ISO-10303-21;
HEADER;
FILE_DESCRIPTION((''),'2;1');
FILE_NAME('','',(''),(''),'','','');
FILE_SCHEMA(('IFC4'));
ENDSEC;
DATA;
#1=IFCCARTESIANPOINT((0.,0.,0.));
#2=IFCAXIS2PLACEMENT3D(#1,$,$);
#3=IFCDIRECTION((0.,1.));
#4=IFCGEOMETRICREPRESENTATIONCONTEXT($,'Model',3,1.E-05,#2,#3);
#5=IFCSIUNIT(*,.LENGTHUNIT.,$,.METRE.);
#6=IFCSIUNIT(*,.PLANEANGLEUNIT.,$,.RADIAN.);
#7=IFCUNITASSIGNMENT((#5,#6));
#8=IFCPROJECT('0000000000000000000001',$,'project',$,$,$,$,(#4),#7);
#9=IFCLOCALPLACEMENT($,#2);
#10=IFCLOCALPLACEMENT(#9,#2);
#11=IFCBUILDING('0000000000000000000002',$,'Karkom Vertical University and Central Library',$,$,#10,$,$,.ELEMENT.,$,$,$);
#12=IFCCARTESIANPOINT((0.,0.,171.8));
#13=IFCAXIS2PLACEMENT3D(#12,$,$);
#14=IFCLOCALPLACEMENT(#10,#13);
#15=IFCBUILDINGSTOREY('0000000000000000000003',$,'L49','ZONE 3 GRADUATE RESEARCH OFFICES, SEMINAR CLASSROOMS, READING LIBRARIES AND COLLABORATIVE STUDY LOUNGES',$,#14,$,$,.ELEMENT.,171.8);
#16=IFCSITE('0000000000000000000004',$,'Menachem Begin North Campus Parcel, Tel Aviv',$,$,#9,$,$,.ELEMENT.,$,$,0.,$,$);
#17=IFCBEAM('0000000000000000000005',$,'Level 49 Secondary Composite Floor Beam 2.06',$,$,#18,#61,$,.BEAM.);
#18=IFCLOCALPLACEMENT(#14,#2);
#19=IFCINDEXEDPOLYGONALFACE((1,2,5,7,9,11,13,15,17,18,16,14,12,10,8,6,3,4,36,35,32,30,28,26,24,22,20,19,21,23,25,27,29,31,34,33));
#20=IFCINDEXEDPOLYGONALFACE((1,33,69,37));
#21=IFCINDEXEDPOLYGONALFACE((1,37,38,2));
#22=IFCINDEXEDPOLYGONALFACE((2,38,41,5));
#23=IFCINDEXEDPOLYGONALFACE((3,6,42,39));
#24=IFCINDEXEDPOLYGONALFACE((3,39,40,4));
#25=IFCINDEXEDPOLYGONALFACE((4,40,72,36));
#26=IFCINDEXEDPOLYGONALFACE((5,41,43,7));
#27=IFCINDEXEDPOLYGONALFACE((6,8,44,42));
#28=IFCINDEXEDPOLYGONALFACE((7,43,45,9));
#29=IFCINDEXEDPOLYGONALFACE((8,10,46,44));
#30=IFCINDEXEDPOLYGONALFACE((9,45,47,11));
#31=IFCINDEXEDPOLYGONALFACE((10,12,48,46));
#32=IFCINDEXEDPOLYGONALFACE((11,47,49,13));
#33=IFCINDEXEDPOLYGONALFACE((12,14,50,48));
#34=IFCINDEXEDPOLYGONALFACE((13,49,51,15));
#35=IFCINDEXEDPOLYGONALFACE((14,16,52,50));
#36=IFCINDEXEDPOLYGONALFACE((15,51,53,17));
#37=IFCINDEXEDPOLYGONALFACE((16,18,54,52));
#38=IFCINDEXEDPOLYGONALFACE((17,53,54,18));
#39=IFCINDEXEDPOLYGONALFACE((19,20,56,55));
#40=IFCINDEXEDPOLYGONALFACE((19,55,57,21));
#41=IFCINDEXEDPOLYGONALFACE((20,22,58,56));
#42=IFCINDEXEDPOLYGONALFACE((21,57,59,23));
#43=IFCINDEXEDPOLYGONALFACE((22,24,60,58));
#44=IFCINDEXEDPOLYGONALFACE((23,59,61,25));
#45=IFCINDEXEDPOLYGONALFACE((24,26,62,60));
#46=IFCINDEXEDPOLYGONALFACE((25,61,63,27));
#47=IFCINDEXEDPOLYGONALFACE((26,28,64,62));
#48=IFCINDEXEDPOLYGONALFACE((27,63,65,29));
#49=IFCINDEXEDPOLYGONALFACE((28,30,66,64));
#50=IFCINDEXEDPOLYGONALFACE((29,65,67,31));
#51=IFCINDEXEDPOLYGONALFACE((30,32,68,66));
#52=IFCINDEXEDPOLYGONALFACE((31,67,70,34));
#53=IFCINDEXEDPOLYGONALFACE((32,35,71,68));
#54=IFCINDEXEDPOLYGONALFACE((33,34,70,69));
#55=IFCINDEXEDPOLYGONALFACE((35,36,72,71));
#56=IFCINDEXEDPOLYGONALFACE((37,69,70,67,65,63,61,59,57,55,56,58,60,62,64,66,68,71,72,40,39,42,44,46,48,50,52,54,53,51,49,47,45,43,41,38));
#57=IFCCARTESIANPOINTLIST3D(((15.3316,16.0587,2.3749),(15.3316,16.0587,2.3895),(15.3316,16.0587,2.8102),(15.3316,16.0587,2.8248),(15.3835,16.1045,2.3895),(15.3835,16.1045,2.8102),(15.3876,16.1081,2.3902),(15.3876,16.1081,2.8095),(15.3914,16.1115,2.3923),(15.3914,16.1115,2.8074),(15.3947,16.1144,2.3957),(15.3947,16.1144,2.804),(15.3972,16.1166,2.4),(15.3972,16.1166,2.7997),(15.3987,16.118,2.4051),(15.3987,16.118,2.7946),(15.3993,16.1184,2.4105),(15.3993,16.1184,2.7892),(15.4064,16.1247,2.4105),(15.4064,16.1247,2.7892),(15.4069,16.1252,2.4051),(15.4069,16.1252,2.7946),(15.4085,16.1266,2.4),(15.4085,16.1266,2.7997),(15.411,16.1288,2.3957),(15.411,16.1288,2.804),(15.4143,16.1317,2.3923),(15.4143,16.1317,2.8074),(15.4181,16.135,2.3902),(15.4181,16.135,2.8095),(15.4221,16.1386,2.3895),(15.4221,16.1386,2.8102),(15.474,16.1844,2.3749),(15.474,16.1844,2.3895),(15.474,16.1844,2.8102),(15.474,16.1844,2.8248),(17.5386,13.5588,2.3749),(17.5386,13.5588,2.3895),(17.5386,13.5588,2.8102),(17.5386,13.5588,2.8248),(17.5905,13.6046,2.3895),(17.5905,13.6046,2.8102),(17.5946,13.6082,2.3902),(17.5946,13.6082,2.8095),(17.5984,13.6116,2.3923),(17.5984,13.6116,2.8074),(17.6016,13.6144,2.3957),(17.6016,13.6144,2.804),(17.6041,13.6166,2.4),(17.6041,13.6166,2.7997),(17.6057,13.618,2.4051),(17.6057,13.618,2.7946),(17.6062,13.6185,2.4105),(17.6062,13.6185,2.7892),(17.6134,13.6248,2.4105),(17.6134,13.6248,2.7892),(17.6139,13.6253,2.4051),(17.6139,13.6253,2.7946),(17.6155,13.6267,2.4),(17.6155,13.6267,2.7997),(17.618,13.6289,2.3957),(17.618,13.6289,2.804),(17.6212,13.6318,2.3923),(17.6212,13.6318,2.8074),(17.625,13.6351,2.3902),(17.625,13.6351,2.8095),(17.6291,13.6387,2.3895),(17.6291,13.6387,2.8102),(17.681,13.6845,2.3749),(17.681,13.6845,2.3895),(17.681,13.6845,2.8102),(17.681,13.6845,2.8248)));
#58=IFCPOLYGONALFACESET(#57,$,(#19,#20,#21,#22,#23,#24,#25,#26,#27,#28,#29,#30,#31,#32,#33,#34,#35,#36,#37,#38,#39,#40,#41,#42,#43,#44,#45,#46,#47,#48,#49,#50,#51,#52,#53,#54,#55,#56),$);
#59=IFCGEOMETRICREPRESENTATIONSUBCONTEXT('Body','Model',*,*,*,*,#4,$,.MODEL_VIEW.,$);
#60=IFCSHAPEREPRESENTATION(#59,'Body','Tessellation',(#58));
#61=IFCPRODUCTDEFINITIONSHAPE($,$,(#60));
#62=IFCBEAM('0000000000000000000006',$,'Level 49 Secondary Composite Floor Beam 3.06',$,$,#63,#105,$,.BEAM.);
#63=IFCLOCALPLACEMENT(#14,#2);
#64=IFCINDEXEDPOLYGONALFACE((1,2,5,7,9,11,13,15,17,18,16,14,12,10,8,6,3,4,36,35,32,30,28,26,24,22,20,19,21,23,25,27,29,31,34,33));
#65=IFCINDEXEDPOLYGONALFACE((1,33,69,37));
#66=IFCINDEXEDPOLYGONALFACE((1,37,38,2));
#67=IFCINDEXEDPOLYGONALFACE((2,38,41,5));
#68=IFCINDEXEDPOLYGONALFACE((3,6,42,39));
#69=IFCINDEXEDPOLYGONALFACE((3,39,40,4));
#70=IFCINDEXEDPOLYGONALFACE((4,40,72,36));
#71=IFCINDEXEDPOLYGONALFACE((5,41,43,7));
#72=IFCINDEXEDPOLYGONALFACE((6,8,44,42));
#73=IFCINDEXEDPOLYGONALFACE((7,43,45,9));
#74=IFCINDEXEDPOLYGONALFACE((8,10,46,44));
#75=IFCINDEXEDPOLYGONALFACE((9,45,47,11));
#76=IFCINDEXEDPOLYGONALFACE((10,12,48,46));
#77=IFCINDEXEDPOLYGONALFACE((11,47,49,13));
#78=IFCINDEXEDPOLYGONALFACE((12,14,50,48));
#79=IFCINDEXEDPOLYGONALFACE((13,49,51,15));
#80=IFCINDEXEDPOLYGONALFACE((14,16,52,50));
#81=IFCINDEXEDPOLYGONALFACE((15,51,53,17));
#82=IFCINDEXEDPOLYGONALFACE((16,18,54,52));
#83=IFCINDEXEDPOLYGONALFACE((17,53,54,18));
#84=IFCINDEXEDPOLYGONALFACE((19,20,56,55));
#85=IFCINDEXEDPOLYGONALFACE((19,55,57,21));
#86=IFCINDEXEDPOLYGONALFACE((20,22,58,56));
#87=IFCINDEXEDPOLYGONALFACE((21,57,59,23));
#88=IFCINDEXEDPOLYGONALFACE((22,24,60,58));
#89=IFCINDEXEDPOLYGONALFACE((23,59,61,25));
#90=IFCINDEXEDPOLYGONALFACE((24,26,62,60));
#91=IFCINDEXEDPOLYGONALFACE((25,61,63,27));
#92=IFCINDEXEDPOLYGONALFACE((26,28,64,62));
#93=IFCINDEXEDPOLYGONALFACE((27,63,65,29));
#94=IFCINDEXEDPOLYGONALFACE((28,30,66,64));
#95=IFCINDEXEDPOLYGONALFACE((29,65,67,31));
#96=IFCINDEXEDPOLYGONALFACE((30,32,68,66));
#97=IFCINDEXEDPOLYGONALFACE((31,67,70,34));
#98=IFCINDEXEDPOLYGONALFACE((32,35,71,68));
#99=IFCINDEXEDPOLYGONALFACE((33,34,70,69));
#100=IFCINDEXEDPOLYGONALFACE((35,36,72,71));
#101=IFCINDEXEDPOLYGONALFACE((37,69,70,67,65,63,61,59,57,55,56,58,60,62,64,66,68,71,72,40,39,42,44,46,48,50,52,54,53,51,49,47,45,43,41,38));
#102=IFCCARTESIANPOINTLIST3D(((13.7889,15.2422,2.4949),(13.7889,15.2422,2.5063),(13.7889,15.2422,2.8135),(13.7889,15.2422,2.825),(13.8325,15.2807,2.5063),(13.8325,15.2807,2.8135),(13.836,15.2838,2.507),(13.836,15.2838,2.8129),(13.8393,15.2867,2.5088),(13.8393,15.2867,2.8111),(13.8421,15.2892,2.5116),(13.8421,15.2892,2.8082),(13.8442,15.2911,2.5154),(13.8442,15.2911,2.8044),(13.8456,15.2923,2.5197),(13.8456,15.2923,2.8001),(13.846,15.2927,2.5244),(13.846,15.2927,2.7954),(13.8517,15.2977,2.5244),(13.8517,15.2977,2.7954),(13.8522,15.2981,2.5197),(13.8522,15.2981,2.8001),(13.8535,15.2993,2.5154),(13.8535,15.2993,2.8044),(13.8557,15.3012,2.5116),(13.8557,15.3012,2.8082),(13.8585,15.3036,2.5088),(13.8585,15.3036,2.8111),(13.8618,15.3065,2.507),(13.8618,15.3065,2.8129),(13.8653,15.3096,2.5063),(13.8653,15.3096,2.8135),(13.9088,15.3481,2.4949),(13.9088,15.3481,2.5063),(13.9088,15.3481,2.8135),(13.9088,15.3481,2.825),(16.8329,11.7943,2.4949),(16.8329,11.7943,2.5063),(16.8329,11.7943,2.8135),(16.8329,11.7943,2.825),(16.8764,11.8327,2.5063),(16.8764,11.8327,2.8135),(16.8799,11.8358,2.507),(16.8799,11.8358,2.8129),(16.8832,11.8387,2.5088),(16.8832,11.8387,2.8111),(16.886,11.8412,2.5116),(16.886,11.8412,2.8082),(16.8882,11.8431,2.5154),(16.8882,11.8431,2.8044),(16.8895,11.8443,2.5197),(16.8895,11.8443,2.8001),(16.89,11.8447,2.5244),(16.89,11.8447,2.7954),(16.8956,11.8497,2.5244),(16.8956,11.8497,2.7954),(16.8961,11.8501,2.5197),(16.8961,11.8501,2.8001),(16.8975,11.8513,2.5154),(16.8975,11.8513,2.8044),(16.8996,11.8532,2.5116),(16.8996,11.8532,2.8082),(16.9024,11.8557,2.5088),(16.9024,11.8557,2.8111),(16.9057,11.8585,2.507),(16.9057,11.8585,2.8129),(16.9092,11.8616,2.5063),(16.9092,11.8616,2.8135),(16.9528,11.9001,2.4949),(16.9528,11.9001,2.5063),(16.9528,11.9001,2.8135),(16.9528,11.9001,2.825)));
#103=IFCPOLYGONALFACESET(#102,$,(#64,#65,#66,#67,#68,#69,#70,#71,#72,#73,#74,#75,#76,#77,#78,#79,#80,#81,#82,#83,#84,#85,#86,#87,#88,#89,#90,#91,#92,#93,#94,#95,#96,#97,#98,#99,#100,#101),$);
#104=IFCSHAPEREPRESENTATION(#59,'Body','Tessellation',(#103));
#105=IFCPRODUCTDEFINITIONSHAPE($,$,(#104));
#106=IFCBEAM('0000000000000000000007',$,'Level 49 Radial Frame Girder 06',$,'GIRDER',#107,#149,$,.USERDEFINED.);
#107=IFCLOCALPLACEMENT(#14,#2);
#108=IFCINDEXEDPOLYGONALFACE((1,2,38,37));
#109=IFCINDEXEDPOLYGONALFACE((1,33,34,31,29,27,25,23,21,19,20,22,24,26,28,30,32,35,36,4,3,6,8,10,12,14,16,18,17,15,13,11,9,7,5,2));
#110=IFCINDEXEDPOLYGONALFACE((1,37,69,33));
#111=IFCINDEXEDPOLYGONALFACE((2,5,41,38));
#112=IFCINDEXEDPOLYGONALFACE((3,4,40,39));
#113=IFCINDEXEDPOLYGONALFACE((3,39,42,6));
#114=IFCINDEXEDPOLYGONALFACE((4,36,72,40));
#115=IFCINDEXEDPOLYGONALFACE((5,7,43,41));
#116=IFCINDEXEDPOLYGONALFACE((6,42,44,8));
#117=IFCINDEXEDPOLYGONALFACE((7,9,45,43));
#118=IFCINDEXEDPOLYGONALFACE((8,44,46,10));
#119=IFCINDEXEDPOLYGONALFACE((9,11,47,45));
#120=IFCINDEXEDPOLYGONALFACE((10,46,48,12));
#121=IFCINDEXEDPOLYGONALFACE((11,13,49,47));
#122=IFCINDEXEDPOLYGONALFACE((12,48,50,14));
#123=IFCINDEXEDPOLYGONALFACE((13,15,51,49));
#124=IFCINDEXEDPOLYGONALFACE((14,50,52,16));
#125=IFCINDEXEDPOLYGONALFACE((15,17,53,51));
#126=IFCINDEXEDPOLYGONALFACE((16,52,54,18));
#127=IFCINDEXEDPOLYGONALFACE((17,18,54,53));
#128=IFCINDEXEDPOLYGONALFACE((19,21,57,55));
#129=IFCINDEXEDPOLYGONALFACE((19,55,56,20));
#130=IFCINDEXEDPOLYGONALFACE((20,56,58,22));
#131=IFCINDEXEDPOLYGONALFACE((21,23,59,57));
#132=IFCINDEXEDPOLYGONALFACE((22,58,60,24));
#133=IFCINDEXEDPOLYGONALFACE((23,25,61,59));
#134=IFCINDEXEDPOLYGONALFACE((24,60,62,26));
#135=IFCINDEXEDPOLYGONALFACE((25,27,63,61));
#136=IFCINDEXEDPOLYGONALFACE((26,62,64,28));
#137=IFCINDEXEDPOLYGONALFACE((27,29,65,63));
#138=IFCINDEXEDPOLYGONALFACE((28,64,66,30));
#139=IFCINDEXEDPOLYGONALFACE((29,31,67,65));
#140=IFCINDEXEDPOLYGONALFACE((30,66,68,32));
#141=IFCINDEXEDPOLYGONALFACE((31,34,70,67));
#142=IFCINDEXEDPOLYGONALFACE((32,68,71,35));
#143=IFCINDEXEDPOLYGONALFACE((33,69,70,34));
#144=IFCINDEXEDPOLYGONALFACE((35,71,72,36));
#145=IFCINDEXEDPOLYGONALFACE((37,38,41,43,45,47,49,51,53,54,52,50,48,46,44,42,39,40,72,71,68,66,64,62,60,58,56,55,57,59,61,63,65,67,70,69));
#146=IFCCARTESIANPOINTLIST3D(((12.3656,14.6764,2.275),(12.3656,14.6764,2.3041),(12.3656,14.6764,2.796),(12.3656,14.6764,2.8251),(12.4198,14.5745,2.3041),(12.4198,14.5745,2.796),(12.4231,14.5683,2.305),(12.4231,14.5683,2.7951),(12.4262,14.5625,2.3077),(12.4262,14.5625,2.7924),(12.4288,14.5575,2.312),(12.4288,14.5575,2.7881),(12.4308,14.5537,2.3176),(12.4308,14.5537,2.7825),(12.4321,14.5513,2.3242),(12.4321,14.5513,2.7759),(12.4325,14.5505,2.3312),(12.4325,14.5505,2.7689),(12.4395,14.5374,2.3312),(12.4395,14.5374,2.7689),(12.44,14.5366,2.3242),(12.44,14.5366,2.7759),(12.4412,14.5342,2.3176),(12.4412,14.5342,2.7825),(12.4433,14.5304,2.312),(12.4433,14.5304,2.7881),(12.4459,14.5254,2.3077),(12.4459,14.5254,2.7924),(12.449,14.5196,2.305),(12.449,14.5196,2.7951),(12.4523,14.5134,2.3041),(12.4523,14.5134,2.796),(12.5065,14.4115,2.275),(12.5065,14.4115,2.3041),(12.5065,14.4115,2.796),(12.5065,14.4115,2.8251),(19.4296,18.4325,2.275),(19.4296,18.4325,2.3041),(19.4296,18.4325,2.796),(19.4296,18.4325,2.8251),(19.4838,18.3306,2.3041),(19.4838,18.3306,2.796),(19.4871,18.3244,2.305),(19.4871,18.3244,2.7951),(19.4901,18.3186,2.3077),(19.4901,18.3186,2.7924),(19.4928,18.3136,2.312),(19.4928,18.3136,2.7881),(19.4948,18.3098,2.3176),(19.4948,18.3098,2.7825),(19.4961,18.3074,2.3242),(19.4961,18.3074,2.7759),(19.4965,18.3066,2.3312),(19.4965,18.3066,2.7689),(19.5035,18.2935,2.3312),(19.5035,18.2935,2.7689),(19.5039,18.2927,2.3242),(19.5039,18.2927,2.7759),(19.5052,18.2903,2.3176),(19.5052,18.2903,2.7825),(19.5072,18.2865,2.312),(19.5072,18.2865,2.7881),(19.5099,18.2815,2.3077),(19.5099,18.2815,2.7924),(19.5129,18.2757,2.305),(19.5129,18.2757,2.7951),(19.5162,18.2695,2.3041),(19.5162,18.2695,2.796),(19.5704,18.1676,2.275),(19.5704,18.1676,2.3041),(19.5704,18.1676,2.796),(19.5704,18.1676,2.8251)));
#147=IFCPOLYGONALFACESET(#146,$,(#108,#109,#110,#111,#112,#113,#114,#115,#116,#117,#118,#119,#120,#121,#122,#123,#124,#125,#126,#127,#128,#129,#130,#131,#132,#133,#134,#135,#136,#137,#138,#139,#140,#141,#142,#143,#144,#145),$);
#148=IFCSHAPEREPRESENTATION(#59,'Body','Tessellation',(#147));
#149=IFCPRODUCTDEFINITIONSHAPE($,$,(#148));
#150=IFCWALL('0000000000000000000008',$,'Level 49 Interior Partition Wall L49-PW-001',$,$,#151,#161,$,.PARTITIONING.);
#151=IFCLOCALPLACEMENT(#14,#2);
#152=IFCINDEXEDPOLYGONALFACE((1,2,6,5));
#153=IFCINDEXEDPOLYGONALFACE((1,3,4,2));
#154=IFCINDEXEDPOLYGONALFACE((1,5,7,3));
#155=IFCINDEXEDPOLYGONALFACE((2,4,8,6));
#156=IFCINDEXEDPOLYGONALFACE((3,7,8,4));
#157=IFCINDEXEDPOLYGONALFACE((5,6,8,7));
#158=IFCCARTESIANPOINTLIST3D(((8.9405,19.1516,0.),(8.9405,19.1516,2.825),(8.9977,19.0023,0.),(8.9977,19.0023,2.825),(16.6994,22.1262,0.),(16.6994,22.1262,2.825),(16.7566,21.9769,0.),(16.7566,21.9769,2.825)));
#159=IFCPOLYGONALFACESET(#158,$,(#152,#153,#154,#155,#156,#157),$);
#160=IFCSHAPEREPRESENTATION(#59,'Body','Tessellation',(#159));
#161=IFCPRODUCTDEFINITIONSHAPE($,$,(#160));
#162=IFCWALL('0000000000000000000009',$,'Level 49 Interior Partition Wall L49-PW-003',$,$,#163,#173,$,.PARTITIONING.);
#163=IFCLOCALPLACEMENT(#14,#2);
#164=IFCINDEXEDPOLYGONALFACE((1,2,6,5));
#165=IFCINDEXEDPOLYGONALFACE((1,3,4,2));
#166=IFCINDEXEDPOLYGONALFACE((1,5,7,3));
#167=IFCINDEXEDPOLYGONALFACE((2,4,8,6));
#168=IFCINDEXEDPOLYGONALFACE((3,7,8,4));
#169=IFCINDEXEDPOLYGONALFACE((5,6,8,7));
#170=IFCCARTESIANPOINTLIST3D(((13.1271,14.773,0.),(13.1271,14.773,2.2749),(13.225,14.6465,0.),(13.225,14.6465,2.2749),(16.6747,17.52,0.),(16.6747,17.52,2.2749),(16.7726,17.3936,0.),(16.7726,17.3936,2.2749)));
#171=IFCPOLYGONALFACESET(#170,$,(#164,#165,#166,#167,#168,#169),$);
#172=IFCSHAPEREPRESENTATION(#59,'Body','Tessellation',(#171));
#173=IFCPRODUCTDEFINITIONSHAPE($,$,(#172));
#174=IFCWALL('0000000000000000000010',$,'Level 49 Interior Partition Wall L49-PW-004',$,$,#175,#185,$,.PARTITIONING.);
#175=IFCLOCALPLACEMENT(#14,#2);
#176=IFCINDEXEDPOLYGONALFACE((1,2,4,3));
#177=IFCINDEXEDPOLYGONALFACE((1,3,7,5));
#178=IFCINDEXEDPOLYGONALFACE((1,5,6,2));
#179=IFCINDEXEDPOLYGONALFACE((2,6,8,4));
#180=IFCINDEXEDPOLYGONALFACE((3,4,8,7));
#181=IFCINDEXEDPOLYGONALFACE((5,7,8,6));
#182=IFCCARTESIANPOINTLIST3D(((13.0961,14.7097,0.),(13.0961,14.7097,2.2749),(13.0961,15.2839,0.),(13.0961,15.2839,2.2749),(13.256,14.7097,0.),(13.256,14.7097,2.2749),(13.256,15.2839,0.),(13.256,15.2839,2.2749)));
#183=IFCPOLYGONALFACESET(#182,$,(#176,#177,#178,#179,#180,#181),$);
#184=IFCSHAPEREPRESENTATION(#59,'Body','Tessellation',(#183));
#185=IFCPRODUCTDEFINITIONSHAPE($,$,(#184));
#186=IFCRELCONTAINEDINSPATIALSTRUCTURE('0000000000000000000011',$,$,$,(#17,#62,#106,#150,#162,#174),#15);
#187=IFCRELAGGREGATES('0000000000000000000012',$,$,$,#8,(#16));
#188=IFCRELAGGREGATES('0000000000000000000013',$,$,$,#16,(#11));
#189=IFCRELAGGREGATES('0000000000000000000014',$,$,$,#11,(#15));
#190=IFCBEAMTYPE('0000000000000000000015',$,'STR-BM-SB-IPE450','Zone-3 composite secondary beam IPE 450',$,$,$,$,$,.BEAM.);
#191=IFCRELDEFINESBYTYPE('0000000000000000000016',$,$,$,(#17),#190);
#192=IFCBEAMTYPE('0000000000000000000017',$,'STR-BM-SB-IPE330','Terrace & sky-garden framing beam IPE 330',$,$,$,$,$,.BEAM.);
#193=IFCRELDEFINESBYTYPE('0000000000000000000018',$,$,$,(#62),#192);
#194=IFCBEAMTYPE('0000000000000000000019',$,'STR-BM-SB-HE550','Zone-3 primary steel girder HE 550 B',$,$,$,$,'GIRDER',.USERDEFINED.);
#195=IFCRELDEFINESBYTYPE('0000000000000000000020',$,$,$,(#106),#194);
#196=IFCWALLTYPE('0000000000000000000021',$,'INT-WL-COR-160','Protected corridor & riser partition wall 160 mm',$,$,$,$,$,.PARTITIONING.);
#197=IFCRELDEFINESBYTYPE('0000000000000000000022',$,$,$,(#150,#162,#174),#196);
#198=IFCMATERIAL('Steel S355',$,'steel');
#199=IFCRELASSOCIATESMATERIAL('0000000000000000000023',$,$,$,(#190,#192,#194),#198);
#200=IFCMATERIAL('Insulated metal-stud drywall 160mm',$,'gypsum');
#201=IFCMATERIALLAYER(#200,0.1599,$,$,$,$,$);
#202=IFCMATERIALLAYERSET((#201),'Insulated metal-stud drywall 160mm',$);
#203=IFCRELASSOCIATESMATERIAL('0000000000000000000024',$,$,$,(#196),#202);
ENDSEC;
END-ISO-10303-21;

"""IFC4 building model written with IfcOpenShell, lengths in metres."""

from ifc_helpers import new_model, si_unit, direction, frame, frame_2d, origin, origin_with_axes, origin_2d, place, context, subcontext, project, spatial, rectangle, i_section, extrude, source, transform, mapped, material, layer, layer_set, material_profile, profile_set, type_object, element, save


model = new_model("IFC4")

# Units and contexts
model_context = context("Model", 3, precision=1e-05, world=origin(), true_north=direction((0.0, 1.0)))
body_context = subcontext(model_context, "Body", "Model", "MODEL_VIEW")
ifc_project = project(units=[si_unit("LENGTHUNIT", "METRE"), si_unit("PLANEANGLEUNIT", "RADIAN")], contexts=[model_context])

# Site, building, storey
site_placement = place(None, origin())
site = spatial("IfcSite", under=ifc_project, at=site_placement, Name="Menachem Begin North Campus Parcel, Tel Aviv", CompositionType="ELEMENT", RefElevation=0.0)
building_placement = place(site_placement, origin())
building = spatial("IfcBuilding", under=site, at=building_placement, Name="Karkom Vertical University and Central Library", CompositionType="ELEMENT")
storey_placement = place(building_placement, frame((0.0, 0.0, 171.8)))
storey = spatial("IfcBuildingStorey", under=building, at=storey_placement, Name="L49", Description="ZONE 3 GRADUATE RESEARCH OFFICES, SEMINAR CLASSROOMS, READING LIBRARIES AND COLLABORATIVE STUDY LOUNGES", CompositionType="ELEMENT", Elevation=171.8)

# Beams
ifc_material_1 = material(Name="Steel S355", Category="steel")
ifc_material_profile_1 = material_profile(ifc_material_1, i_section(OverallWidth=0.1899, OverallDepth=0.45, WebThickness=0.0095, FlangeThickness=0.0146, FilletRadius=0.021, at=origin_2d()), Name="IPE 450")
ifc_profile_set_1 = profile_set([ifc_material_profile_1], Name="Steel S355")
beam_type_1 = type_object("IfcBeamType", Name="STR-BM-SB-IPE450", Description="Zone-3 composite secondary beam IPE 450", PredefinedType="BEAM", material=ifc_profile_set_1)
shared_shape_1 = source(origin_with_axes(), body_context, "Body", "SweptSolid", [
    extrude(i_section(OverallWidth=0.1899, OverallDepth=0.45, WebThickness=0.0095, FlangeThickness=0.0146, FilletRadius=0.021, at=origin_2d()), origin(), (0.0, 0.0, 1.0), 3.3347),
])
beam_1_placement = place(storey_placement, frame((15.4028, 16.1216, 2.5999), z_axis=(0.661815, -0.749667, 0.0), x_axis=(0.749667, 0.661815, 0.0)))
element("IfcBeam", 1, at=beam_1_placement, inside=storey, type_object=beam_type_1, Name="Level 49 Secondary Composite Floor Beam 2.06", PredefinedType="BEAM", context=body_context, shape_type="MappedRepresentation", body=[
    mapped(shared_shape_1, transform((0.0, 0.0, 0.0), scale=1.0)),
])
ifc_material_profile_2 = material_profile(ifc_material_1, i_section(OverallWidth=0.1599, OverallDepth=0.3301, WebThickness=0.0076, FlangeThickness=0.0115, FilletRadius=0.0181, at=origin_2d()), Name="IPE 330")
ifc_profile_set_2 = profile_set([ifc_material_profile_2], Name="Steel S355")
beam_type_2 = type_object("IfcBeamType", Name="STR-BM-SB-IPE330", Description="Terrace & sky-garden framing beam IPE 330", PredefinedType="BEAM", material=ifc_profile_set_2)
shared_shape_2 = source(origin_with_axes(), body_context, "Body", "SweptSolid", [
    extrude(i_section(OverallWidth=0.1599, OverallDepth=0.3301, WebThickness=0.0076, FlangeThickness=0.0115, FilletRadius=0.0181, at=origin_2d()), origin(), (0.0, 0.0, 1.0), 4.5994),
])
beam_2_placement = place(storey_placement, frame((13.8489, 15.2952, 2.6599), z_axis=(0.661816, -0.749666, 0.0), x_axis=(0.749666, 0.661816, 0.0)))
element("IfcBeam", 2, at=beam_2_placement, inside=storey, type_object=beam_type_2, Name="Level 49 Secondary Composite Floor Beam 3.06", PredefinedType="BEAM", context=body_context, shape_type="MappedRepresentation", body=[
    mapped(shared_shape_2, transform((0.0, 0.0, 0.0), scale=1.0)),
])
ifc_material_profile_3 = material_profile(ifc_material_1, i_section(OverallWidth=0.3, OverallDepth=0.55, WebThickness=0.0149, FlangeThickness=0.0291, FilletRadius=0.0271, at=origin_2d()), Name="HE 550 B")
ifc_profile_set_3 = profile_set([ifc_material_profile_3], Name="Steel S355")
beam_type_3 = type_object("IfcBeamType", Name="STR-BM-SB-HE550", Description="Zone-3 primary steel girder HE 550 B", ElementType="GIRDER", PredefinedType="USERDEFINED", material=ifc_profile_set_3)
shared_shape_3 = source(origin_with_axes(), body_context, "Body", "SweptSolid", [
    extrude(i_section(OverallWidth=0.3, OverallDepth=0.55, WebThickness=0.0149, FlangeThickness=0.0291, FilletRadius=0.0271, at=origin_2d()), origin(), (0.0, 0.0, 1.0), 8.0005),
])
beam_3_placement = place(storey_placement, frame((19.5, 18.3, 2.55), z_axis=(-0.882941, -0.469484, 0.0), x_axis=(0.469484, -0.882941, 0.0)))
element("IfcBeam", 3, at=beam_3_placement, inside=storey, type_object=beam_type_3, Name="Level 49 Radial Frame Girder 06", ObjectType="GIRDER", PredefinedType="USERDEFINED", context=body_context, shape_type="MappedRepresentation", body=[
    mapped(shared_shape_3, transform((0.0, 0.0, 0.0), scale=1.0)),
])

# Shared definitions
ifc_material_2 = material(Name="Insulated metal-stud drywall 160mm", Category="gypsum")
ifc_layer_1 = layer(ifc_material_2, 0.1599)
ifc_layer_set_1 = layer_set([ifc_layer_1], Name="Insulated metal-stud drywall 160mm")
wall_type_1 = type_object("IfcWallType", Name="INT-WL-COR-160", Description="Protected corridor & riser partition wall 160 mm", PredefinedType="PARTITIONING", material=ifc_layer_set_1)

# Walls
wall_1_placement = place(storey_placement, frame((16.728, 22.0515, 0.0), z_axis=(0.0, 0.0, 1.0), x_axis=(-0.933734, -0.357969, 0.0)))
element("IfcWall", 4, at=wall_1_placement, inside=storey, type_object=wall_type_1, Name="Level 49 Interior Partition Wall L49-PW-001", PredefinedType="PARTITIONING", context=body_context, shape_type="SweptSolid", body=[
    extrude(rectangle(XDim=8.3096, YDim=0.1599, at=frame_2d((4.1548, 0.0))), origin(), (0.0, 0.0, 1.0), 2.825),
])
wall_2_placement = place(storey_placement, frame((16.7236, 17.4568, 0.0), z_axis=(0.0, 0.0, 1.0), x_axis=(-0.790666, -0.612248, 0.0)))
element("IfcWall", 5, at=wall_2_placement, inside=storey, type_object=wall_type_1, Name="Level 49 Interior Partition Wall L49-PW-003", PredefinedType="PARTITIONING", context=body_context, shape_type="SweptSolid", body=[
    extrude(rectangle(XDim=4.4868, YDim=0.1599, at=frame_2d((2.2434, 0.0))), origin(), (0.0, 0.0, 1.0), 2.2749),
])
wall_3_placement = place(storey_placement, frame((13.176, 14.7097, 0.0), z_axis=(0.0, 0.0, 1.0), x_axis=(0.0, 1.0, 0.0)))
element("IfcWall", 6, at=wall_3_placement, inside=storey, type_object=wall_type_1, Name="Level 49 Interior Partition Wall L49-PW-004", PredefinedType="PARTITIONING", context=body_context, shape_type="SweptSolid", body=[
    extrude(rectangle(XDim=0.5742, YDim=0.1599, at=frame_2d((0.2871, 0.0))), origin(), (0.0, 0.0, 1.0), 2.2749),
])

save(model, "model.ifc")
